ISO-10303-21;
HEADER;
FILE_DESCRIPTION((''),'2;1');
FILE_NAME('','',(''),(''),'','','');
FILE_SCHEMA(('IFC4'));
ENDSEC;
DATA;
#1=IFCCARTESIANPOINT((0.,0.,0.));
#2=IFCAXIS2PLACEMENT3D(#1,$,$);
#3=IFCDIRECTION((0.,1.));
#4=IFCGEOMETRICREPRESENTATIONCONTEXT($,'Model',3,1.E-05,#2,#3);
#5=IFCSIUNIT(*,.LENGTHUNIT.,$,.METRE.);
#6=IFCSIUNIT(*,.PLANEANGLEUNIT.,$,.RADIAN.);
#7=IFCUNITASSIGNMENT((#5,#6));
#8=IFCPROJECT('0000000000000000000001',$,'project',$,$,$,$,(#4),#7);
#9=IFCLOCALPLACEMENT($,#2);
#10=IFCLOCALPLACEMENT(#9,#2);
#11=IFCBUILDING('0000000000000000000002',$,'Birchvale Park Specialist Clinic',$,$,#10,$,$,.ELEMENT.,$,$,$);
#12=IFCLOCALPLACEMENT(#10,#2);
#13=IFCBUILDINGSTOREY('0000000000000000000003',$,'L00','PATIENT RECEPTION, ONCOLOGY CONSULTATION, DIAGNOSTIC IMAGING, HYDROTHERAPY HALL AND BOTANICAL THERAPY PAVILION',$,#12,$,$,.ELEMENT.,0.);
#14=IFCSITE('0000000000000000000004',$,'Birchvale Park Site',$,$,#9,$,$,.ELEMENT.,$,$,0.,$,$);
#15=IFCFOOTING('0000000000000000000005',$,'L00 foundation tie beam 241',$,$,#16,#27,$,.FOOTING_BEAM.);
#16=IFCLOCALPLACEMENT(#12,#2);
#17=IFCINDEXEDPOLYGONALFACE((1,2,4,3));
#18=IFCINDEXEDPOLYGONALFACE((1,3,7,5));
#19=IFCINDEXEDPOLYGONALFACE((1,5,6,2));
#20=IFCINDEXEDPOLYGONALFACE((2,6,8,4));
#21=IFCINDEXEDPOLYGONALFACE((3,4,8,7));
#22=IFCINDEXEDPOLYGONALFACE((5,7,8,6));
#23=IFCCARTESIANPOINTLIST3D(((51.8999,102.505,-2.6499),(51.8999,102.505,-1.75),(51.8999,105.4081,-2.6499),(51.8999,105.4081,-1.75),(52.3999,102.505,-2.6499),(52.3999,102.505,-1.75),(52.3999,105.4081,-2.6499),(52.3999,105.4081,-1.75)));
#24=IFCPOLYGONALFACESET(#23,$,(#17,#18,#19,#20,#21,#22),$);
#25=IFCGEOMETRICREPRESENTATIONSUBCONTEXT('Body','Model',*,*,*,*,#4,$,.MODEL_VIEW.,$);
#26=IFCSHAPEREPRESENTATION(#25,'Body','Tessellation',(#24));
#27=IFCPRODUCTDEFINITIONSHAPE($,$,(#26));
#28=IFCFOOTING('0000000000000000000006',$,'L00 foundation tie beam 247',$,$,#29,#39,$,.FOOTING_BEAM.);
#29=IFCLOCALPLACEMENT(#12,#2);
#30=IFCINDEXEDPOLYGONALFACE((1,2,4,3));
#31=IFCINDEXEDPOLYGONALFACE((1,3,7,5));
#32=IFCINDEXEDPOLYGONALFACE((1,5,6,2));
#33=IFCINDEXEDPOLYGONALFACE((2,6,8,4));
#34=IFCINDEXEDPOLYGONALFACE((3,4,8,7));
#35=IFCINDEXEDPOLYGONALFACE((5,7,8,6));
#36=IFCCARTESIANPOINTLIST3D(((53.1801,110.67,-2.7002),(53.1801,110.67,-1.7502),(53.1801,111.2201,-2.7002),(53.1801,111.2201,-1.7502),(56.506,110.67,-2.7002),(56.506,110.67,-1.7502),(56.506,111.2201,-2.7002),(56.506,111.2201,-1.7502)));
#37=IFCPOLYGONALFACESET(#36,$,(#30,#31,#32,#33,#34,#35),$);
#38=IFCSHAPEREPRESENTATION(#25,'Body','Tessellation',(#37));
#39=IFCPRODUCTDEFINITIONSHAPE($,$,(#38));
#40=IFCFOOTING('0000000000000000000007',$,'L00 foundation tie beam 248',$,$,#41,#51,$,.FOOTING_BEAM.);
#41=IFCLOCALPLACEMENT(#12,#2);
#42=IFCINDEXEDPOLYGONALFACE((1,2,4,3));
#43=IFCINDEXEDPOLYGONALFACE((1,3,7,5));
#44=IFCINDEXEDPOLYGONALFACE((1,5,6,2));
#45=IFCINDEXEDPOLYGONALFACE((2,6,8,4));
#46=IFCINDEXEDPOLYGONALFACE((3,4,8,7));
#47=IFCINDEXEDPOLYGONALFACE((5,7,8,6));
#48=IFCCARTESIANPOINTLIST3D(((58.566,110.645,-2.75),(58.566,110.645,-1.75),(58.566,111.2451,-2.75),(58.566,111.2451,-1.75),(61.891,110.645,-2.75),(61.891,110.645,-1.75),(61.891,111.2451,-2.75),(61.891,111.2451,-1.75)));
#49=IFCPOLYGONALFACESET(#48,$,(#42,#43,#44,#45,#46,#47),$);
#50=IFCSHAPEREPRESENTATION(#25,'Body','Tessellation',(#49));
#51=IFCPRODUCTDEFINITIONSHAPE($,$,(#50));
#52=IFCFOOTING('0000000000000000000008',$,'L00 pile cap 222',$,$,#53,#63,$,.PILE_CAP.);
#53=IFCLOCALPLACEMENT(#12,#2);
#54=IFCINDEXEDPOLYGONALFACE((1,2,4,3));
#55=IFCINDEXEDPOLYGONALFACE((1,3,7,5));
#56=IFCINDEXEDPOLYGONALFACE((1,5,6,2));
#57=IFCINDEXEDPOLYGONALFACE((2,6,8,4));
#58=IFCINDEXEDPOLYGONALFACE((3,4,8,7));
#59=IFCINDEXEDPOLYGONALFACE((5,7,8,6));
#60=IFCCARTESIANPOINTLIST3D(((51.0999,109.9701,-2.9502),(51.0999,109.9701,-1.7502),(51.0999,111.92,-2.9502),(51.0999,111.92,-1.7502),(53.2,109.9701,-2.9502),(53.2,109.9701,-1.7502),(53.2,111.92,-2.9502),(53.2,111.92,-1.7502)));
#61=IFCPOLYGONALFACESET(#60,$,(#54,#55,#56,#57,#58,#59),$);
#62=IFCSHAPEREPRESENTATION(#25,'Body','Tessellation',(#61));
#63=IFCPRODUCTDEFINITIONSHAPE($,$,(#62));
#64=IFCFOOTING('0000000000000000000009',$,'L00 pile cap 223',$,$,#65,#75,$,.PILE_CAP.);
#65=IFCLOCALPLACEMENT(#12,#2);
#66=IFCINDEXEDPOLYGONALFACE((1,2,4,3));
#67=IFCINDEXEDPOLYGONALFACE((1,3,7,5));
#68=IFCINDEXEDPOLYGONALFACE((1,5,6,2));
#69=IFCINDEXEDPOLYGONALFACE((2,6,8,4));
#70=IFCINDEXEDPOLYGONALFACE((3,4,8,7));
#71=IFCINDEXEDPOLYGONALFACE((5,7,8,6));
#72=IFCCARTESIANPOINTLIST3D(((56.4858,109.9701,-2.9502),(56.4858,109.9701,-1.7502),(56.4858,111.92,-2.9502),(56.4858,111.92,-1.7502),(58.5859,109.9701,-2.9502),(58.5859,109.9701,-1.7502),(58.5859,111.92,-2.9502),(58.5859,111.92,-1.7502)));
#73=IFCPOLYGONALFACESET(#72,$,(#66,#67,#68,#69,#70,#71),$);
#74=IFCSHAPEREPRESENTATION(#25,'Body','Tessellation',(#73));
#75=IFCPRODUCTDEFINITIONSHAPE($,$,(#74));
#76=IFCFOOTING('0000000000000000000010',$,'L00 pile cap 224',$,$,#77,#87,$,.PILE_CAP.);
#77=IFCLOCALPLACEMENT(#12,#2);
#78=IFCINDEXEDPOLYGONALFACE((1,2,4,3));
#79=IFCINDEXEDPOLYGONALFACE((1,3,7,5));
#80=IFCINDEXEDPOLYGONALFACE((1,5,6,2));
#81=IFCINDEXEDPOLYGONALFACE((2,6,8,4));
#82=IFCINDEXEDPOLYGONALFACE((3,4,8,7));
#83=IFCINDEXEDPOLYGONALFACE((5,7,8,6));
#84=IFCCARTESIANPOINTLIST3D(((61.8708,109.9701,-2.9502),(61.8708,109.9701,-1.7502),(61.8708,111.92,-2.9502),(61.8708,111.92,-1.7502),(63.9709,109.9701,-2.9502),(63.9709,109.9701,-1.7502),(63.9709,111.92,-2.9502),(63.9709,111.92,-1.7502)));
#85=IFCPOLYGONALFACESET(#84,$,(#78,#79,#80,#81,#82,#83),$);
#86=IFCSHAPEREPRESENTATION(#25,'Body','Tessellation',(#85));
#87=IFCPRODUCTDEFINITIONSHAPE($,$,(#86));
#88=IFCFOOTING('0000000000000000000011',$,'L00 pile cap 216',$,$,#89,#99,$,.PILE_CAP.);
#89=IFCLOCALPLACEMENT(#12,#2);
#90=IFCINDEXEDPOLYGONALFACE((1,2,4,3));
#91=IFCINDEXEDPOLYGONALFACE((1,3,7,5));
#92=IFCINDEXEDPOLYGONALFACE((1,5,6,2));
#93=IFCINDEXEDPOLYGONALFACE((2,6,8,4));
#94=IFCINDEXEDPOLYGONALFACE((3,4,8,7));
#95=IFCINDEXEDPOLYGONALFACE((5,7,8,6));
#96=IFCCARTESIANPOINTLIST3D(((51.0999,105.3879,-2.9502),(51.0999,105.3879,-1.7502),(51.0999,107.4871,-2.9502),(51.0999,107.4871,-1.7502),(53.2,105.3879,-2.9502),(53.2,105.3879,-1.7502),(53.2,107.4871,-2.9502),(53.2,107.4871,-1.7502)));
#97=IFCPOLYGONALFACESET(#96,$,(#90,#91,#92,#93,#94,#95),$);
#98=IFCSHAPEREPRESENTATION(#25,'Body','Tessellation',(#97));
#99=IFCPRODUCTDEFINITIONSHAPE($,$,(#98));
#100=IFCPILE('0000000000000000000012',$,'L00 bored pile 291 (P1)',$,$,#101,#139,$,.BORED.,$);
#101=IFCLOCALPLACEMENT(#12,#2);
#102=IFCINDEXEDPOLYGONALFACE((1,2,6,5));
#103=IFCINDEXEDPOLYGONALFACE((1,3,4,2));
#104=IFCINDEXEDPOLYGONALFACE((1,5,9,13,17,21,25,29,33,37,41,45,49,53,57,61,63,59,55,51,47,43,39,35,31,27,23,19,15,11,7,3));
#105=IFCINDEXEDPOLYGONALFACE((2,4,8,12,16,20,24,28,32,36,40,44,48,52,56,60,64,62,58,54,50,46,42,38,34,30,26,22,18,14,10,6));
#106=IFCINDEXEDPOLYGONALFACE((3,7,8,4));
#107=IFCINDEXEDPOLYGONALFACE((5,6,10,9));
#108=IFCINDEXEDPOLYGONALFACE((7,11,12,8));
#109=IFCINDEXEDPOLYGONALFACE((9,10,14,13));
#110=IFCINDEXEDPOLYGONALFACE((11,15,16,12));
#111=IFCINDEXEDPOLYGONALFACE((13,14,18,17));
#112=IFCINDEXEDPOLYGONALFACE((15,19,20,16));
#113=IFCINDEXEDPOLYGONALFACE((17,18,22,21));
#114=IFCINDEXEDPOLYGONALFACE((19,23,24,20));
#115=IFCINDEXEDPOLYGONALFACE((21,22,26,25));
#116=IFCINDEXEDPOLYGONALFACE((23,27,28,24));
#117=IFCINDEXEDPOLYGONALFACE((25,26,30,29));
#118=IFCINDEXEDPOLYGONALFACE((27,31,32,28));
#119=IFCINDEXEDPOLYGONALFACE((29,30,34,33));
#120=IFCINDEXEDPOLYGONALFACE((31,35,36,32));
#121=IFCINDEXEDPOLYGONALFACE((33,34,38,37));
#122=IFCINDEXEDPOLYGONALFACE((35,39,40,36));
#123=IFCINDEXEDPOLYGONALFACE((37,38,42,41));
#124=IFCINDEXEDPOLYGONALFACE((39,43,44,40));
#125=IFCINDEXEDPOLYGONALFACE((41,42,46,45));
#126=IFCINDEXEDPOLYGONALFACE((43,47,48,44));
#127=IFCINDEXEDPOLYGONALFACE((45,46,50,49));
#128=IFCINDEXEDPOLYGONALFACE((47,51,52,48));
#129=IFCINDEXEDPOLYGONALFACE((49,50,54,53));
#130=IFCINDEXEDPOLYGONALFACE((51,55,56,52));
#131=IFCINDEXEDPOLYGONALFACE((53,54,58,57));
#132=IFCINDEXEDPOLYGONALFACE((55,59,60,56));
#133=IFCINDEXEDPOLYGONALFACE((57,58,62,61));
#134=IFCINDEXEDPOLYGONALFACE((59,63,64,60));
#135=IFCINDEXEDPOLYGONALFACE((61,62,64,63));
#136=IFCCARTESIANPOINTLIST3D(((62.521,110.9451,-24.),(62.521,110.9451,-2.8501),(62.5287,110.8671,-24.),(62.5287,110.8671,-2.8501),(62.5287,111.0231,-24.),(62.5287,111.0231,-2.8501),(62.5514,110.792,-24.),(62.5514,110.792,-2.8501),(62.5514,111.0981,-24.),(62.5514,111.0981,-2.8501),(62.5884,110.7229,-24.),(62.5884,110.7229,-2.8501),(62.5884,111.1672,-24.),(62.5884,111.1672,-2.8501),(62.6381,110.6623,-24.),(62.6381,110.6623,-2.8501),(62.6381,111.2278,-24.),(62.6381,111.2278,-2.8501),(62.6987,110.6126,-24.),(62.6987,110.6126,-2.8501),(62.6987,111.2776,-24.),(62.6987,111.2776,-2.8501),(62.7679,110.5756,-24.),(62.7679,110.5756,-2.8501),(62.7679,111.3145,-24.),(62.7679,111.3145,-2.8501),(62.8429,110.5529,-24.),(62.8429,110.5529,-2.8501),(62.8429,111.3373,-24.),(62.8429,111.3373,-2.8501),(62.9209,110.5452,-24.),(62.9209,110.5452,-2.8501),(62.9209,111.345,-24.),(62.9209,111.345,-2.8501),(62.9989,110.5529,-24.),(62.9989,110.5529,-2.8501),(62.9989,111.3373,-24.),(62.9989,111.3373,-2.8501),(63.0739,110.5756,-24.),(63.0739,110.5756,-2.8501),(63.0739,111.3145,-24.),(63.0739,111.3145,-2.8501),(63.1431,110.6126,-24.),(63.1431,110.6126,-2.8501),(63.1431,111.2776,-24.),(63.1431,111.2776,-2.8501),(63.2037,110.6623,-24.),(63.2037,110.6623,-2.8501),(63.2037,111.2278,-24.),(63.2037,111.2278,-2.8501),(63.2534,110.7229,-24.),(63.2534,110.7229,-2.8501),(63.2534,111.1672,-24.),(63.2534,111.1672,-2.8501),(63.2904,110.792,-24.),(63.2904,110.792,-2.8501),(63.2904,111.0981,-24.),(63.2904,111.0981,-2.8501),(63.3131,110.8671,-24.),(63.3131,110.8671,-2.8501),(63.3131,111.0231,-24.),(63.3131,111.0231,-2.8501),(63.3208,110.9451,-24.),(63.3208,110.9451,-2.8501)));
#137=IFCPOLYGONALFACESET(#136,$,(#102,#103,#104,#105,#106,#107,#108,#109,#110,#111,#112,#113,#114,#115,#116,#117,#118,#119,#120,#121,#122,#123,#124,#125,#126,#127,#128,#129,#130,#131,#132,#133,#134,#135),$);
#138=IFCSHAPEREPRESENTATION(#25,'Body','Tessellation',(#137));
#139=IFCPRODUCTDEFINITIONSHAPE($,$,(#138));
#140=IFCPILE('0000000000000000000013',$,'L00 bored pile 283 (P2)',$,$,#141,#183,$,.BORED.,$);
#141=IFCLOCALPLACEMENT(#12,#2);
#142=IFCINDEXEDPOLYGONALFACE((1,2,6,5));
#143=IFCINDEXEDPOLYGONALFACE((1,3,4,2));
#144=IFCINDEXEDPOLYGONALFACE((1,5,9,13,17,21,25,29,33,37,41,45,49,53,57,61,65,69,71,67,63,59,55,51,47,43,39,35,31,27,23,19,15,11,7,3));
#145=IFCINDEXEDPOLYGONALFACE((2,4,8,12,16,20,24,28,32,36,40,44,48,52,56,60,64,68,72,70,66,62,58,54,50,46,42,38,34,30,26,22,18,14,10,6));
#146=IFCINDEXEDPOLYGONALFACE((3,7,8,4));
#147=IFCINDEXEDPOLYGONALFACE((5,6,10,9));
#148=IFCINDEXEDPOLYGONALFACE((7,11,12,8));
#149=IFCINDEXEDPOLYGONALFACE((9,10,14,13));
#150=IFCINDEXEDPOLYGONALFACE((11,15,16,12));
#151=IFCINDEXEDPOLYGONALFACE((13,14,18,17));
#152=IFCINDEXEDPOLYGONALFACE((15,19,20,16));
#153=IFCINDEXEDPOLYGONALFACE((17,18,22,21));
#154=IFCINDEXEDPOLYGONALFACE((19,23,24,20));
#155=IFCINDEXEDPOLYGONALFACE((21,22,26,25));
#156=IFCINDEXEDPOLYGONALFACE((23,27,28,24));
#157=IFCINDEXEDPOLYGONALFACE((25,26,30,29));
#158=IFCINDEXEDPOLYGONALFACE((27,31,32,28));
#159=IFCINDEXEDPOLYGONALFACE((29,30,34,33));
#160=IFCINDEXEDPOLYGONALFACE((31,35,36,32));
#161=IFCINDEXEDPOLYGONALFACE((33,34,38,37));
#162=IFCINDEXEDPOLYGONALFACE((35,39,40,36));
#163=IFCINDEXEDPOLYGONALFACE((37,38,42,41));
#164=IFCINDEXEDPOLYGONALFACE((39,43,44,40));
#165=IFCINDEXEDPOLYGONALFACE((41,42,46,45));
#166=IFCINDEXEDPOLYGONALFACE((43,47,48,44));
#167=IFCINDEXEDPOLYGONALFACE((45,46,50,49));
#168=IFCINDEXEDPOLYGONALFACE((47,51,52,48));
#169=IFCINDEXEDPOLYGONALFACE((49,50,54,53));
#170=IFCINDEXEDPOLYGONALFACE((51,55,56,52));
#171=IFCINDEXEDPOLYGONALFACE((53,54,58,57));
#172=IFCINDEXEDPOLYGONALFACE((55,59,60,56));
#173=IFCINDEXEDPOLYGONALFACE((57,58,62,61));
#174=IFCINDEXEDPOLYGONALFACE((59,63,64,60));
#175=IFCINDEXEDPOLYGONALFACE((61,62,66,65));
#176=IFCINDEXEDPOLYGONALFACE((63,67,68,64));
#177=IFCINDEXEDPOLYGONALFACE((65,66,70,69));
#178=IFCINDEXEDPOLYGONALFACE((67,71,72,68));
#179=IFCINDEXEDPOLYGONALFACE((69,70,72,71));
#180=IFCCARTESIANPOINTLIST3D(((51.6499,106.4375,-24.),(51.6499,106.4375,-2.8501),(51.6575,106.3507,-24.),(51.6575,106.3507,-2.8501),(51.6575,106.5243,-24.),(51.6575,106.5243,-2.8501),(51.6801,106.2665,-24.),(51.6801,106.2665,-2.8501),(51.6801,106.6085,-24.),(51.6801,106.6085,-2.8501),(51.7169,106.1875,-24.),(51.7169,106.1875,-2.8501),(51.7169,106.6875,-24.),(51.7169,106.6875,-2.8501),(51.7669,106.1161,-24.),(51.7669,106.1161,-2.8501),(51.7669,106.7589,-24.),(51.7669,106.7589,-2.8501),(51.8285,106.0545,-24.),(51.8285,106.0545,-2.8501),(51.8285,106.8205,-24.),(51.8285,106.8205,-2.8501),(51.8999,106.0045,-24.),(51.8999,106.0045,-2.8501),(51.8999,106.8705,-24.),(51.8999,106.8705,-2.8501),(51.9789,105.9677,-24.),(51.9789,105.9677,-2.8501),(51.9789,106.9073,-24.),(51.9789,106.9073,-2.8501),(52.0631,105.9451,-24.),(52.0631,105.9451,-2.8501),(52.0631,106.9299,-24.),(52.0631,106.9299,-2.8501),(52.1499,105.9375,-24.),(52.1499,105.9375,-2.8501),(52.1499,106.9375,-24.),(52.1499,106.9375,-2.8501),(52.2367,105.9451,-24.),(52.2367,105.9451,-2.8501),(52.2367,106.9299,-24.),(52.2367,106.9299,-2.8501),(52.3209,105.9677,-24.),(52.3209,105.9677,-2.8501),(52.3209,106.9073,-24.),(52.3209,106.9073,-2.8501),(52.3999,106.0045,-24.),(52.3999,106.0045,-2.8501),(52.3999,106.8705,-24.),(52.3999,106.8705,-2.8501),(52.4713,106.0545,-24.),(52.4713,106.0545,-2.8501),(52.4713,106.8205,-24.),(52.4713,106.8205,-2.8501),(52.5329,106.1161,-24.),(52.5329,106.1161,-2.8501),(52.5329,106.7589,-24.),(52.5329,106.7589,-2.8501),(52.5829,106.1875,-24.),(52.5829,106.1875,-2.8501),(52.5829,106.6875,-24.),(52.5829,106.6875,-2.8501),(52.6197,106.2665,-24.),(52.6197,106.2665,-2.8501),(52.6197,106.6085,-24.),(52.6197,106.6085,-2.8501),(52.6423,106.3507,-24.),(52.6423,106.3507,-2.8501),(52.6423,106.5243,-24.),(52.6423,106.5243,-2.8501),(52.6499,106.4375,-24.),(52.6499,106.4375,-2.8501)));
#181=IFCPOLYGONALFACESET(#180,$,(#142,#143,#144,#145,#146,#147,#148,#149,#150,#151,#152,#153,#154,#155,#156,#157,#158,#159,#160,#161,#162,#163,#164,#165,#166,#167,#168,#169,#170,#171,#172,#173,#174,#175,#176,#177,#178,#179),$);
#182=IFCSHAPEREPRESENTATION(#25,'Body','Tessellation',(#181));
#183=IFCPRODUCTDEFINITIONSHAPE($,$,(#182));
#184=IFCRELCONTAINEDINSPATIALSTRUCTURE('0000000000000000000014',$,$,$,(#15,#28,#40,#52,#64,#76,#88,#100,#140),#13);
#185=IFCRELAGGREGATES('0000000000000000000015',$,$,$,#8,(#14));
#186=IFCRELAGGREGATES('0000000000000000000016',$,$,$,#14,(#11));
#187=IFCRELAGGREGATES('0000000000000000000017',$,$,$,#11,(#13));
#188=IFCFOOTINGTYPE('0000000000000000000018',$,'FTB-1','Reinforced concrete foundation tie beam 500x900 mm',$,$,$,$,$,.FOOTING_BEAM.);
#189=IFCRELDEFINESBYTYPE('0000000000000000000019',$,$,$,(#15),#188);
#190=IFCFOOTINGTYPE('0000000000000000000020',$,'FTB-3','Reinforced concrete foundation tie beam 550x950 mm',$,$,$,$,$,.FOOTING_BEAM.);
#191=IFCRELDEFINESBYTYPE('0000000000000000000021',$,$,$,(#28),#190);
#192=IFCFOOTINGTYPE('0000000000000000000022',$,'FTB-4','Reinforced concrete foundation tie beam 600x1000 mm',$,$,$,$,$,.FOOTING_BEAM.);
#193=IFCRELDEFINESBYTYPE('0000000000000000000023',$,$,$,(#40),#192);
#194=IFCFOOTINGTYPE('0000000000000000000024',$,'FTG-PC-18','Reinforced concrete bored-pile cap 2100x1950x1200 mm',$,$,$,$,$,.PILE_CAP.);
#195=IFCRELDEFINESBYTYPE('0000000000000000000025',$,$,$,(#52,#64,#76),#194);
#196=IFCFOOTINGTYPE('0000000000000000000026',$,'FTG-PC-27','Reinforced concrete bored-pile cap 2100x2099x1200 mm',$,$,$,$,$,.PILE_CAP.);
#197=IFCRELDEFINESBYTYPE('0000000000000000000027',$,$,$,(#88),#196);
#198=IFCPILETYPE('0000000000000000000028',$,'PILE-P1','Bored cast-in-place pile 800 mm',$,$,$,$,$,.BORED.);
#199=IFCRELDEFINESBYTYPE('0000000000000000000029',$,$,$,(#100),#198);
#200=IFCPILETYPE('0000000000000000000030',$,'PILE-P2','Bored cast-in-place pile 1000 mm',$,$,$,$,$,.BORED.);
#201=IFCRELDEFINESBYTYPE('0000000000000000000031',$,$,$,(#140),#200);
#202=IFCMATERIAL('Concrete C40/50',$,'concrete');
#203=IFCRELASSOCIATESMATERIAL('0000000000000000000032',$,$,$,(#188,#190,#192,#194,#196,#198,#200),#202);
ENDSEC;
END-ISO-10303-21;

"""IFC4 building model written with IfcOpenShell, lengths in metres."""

from ifc_helpers import new_model, si_unit, direction, frame, origin, origin_2d, place, context, subcontext, project, spatial, rectangle, circle, extrude, material, material_profile, profile_set, type_object, element, save


model = new_model("IFC4")

# Units and contexts
model_context = context("Model", 3, precision=1e-05, world=origin(), true_north=direction((0.0, 1.0)))
body_context = subcontext(model_context, "Body", "Model", "MODEL_VIEW")
ifc_project = project(units=[si_unit("LENGTHUNIT", "METRE"), si_unit("PLANEANGLEUNIT", "RADIAN")], contexts=[model_context])

# Site, building, storey
site_placement = place(None, origin())
site = spatial("IfcSite", under=ifc_project, at=site_placement, Name="Birchvale Park Site", CompositionType="ELEMENT", RefElevation=0.0)
building_placement = place(site_placement, origin())
building = spatial("IfcBuilding", under=site, at=building_placement, Name="Birchvale Park Specialist Clinic", CompositionType="ELEMENT")
storey_placement = place(building_placement, origin())
storey = spatial("IfcBuildingStorey", under=building, at=storey_placement, Name="L00", Description="PATIENT RECEPTION, ONCOLOGY CONSULTATION, DIAGNOSTIC IMAGING, HYDROTHERAPY HALL AND BOTANICAL THERAPY PAVILION", CompositionType="ELEMENT", Elevation=0.0)

# Footings
ifc_material_1 = material(Name="Concrete C40/50", Category="concrete")
footing_type_1 = type_object("IfcFootingType", Name="FTB-1", Description="Reinforced concrete foundation tie beam 500x900 mm", PredefinedType="FOOTING_BEAM", material=ifc_material_1)
footing_1_placement = place(storey_placement, frame((52.1499, 103.9565, -2.6499), z_axis=(0.0, 0.0, 1.0), x_axis=(1.0, 0.0, 0.0)))
element("IfcFooting", 1, at=footing_1_placement, inside=storey, type_object=footing_type_1, Name="L00 foundation tie beam 241", PredefinedType="FOOTING_BEAM", context=body_context, shape_type="SweptSolid", body=[
    extrude(rectangle(XDim=0.5, YDim=2.9031, at=origin_2d()), origin(), (0.0, 0.0, 1.0), 0.8999),
])
footing_type_2 = type_object("IfcFootingType", Name="FTB-3", Description="Reinforced concrete foundation tie beam 550x950 mm", PredefinedType="FOOTING_BEAM", material=ifc_material_1)
footing_2_placement = place(storey_placement, frame((54.843, 110.9451, -2.7002), z_axis=(0.0, 0.0, 1.0), x_axis=(1.0, 0.0, 0.0)))
element("IfcFooting", 2, at=footing_2_placement, inside=storey, type_object=footing_type_2, Name="L00 foundation tie beam 247", PredefinedType="FOOTING_BEAM", context=body_context, shape_type="SweptSolid", body=[
    extrude(rectangle(XDim=3.3259, YDim=0.55, at=origin_2d()), origin(), (0.0, 0.0, 1.0), 0.95),
])
footing_type_3 = type_object("IfcFootingType", Name="FTB-4", Description="Reinforced concrete foundation tie beam 600x1000 mm", PredefinedType="FOOTING_BEAM", material=ifc_material_1)
footing_3_placement = place(storey_placement, frame((60.2285, 110.9451, -2.75), z_axis=(0.0, 0.0, 1.0), x_axis=(1.0, 0.0, 0.0)))
element("IfcFooting", 3, at=footing_3_placement, inside=storey, type_object=footing_type_3, Name="L00 foundation tie beam 248", PredefinedType="FOOTING_BEAM", context=body_context, shape_type="SweptSolid", body=[
    extrude(rectangle(XDim=3.325, YDim=0.6001, at=origin_2d()), origin(), (0.0, 0.0, 1.0), 1.0),
])
footing_type_4 = type_object("IfcFootingType", Name="FTG-PC-18", Description="Reinforced concrete bored-pile cap 2100x1950x1200 mm", PredefinedType="PILE_CAP", material=ifc_material_1)
for number, where, z_axis, x_axis, name in (
    (4, (52.1499, 110.9451, -2.9502), (0.0, 0.0, 1.0), (1.0, 0.0, 0.0), "L00 pile cap 222"),
    (5, (57.5359, 110.9451, -2.9502), (0.0, 0.0, 1.0), (1.0, 0.0, 0.0), "L00 pile cap 223"),
    (6, (62.9209, 110.9451, -2.9502), (0.0, 0.0, 1.0), (1.0, 0.0, 0.0), "L00 pile cap 224"),
):
    element("IfcFooting", number, at=place(storey_placement, frame(where, z_axis=z_axis, x_axis=x_axis)), inside=storey, type_object=footing_type_4, Name=name, PredefinedType="PILE_CAP", context=body_context, shape_type="SweptSolid", body=[
        extrude(rectangle(XDim=2.1001, YDim=1.95, at=origin_2d()), origin(), (0.0, 0.0, 1.0), 1.2),
    ])
footing_type_5 = type_object("IfcFootingType", Name="FTG-PC-27", Description="Reinforced concrete bored-pile cap 2100x2099x1200 mm", PredefinedType="PILE_CAP", material=ifc_material_1)
footing_4_placement = place(storey_placement, frame((52.1499, 106.4375, -2.9502), z_axis=(0.0, 0.0, 1.0), x_axis=(1.0, 0.0, 0.0)))
element("IfcFooting", 7, at=footing_4_placement, inside=storey, type_object=footing_type_5, Name="L00 pile cap 216", PredefinedType="PILE_CAP", context=body_context, shape_type="SweptSolid", body=[
    extrude(rectangle(XDim=2.1001, YDim=2.0991, at=origin_2d()), origin(), (0.0, 0.0, 1.0), 1.2),
])

# Piles
ifc_material_profile_1 = material_profile(ifc_material_1, circle(Radius=0.3999, at=origin_2d()), Name="PILE-800")
ifc_profile_set_1 = profile_set([ifc_material_profile_1], Name="Concrete C40/50")
pile_type_1 = type_object("IfcPileType", Name="PILE-P1", Description="Bored cast-in-place pile 800 mm", PredefinedType="BORED", material=ifc_profile_set_1)
pile_1_placement = place(storey_placement, frame((62.9209, 110.9451, -2.8501), z_axis=(0.0, 0.0, -1.0), x_axis=(1.0, 0.0, 0.0)))
element("IfcPile", 8, at=pile_1_placement, inside=storey, type_object=pile_type_1, Name="L00 bored pile 291 (P1)", PredefinedType="BORED", context=body_context, shape_type="SweptSolid", body=[
    extrude(circle(Radius=0.3999, at=origin_2d()), origin(), (0.0, 0.0, 1.0), 21.1499),
])
ifc_material_profile_2 = material_profile(ifc_material_1, circle(Radius=0.5, at=origin_2d()), Name="PILE-1000")
ifc_profile_set_2 = profile_set([ifc_material_profile_2], Name="Concrete C40/50")
pile_type_2 = type_object("IfcPileType", Name="PILE-P2", Description="Bored cast-in-place pile 1000 mm", PredefinedType="BORED", material=ifc_profile_set_2)
for number, where, z_axis, x_axis, name in (
    (9, (52.1499, 106.4375, -2.8501), (0.0, 0.0, -1.0), (1.0, 0.0, 0.0), "L00 bored pile 283 (P2)"),
):
    element("IfcPile", number, at=place(storey_placement, frame(where, z_axis=z_axis, x_axis=x_axis)), inside=storey, type_object=pile_type_2, Name=name, PredefinedType="BORED", context=body_context, shape_type="SweptSolid", body=[
        extrude(circle(Radius=0.5, at=origin_2d()), origin(), (0.0, 0.0, 1.0), 21.1499),
    ])

save(model, "model.ifc")
